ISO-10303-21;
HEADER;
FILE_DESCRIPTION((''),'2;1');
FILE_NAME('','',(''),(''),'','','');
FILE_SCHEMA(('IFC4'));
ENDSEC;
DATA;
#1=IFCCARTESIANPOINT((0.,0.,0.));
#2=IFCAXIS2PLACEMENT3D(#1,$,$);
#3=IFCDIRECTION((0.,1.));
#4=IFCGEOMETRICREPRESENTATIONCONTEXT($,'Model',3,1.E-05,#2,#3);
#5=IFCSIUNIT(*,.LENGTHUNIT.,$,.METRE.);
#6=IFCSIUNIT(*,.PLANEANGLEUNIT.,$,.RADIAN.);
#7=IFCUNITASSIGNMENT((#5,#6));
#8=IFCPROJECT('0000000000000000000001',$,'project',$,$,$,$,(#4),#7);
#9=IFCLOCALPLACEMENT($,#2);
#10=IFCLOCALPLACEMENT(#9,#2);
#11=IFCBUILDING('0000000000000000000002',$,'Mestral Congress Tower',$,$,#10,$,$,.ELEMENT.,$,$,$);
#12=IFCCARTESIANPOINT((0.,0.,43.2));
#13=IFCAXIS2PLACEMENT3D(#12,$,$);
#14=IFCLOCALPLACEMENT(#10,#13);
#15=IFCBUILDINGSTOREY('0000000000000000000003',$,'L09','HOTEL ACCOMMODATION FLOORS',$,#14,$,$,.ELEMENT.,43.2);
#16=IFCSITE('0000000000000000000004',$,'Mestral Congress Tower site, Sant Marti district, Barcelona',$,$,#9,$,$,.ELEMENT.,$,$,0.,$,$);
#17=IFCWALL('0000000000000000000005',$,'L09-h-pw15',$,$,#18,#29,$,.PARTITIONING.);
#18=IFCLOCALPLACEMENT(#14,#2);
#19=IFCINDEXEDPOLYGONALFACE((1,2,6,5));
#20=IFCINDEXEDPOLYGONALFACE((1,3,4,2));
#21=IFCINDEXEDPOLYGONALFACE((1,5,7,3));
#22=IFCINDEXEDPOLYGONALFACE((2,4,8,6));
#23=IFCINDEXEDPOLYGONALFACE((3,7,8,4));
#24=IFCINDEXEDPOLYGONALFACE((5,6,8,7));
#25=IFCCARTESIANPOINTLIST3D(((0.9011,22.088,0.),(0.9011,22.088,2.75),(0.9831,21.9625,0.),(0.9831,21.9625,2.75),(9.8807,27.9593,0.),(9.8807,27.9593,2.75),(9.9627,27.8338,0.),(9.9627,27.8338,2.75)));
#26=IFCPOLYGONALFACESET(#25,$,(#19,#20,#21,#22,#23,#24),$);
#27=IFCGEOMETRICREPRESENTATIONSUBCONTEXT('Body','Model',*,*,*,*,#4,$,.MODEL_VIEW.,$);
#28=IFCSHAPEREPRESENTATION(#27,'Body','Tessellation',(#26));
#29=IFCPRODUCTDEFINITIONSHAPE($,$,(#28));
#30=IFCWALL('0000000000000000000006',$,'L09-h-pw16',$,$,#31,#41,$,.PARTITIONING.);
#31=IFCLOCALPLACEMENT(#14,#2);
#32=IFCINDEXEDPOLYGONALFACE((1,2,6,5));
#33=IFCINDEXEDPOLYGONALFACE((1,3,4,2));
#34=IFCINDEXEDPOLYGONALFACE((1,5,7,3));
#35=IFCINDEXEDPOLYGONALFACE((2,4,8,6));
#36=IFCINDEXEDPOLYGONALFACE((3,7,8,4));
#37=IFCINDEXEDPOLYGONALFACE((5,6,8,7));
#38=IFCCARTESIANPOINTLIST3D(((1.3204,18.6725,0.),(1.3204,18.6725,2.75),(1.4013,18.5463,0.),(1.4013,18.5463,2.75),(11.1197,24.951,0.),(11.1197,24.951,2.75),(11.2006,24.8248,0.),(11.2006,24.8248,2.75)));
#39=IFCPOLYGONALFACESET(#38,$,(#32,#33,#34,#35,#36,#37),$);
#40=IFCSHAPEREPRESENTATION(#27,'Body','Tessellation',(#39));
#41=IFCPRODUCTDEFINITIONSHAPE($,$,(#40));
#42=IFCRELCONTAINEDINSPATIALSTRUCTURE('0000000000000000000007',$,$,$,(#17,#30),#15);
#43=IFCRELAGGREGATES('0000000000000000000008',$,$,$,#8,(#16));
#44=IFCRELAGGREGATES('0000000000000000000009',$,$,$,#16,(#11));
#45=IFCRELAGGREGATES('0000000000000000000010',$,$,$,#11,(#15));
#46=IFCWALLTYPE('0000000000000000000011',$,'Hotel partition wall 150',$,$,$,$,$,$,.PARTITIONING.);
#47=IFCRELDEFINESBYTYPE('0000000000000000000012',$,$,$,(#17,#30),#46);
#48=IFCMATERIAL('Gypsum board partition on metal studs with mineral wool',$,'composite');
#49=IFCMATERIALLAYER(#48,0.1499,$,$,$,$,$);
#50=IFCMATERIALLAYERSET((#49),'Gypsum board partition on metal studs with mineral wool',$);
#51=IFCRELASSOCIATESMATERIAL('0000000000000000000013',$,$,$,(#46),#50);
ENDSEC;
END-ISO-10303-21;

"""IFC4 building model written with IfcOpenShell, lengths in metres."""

from ifc_helpers import new_model, si_unit, direction, frame, frame_2d, origin, place, context, subcontext, project, spatial, rectangle, extrude, material, layer, layer_set, type_object, element, save


model = new_model("IFC4")

# Units and contexts
model_context = context("Model", 3, precision=1e-05, world=origin(), true_north=direction((0.0, 1.0)))
body_context = subcontext(model_context, "Body", "Model", "MODEL_VIEW")
ifc_project = project(units=[si_unit("LENGTHUNIT", "METRE"), si_unit("PLANEANGLEUNIT", "RADIAN")], contexts=[model_context])

# Site, building, storey
site_placement = place(None, origin())
site = spatial("IfcSite", under=ifc_project, at=site_placement, Name="Mestral Congress Tower site, Sant Marti district, Barcelona", CompositionType="ELEMENT", RefElevation=0.0)
building_placement = place(site_placement, origin())
building = spatial("IfcBuilding", under=site, at=building_placement, Name="Mestral Congress Tower", CompositionType="ELEMENT")
storey_placement = place(building_placement, frame((0.0, 0.0, 43.2)))
storey = spatial("IfcBuildingStorey", under=building, at=storey_placement, Name="L09", Description="HOTEL ACCOMMODATION FLOORS", CompositionType="ELEMENT", Elevation=43.2)

# Walls
ifc_material_1 = material(Name="Gypsum board partition on metal studs with mineral wool", Category="composite")
ifc_layer_1 = layer(ifc_material_1, 0.1499)
ifc_layer_set_1 = layer_set([ifc_layer_1], Name="Gypsum board partition on metal studs with mineral wool")
wall_type_1 = type_object("IfcWallType", Name="Hotel partition wall 150", PredefinedType="PARTITIONING", material=ifc_layer_set_1)
wall_1_placement = place(storey_placement, frame((9.9216, 27.8965, 0.0), z_axis=(0.0, 0.0, 1.0), x_axis=(-0.836971, -0.547248, 0.0)))
element("IfcWall", 1, at=wall_1_placement, inside=storey, type_object=wall_type_1, Name="L09-h-pw15", PredefinedType="PARTITIONING", context=body_context, shape_type="SweptSolid", body=[
    extrude(rectangle(XDim=10.7288, YDim=0.1499, at=frame_2d((5.3643, 0.0))), origin(), (0.0, 0.0, 1.0), 2.75),
])
wall_2_placement = place(storey_placement, frame((11.1602, 24.8879, 0.0), z_axis=(0.0, 0.0, 1.0), x_axis=(-0.841998, -0.53948, 0.0)))
element("IfcWall", 2, at=wall_2_placement, inside=storey, type_object=wall_type_1, Name="L09-h-pw16", PredefinedType="PARTITIONING", context=body_context, shape_type="SweptSolid", body=[
    extrude(rectangle(XDim=11.6382, YDim=0.1499, at=frame_2d((5.8191, 0.0))), origin(), (0.0, 0.0, 1.0), 2.75),
])

save(model, "model.ifc")
